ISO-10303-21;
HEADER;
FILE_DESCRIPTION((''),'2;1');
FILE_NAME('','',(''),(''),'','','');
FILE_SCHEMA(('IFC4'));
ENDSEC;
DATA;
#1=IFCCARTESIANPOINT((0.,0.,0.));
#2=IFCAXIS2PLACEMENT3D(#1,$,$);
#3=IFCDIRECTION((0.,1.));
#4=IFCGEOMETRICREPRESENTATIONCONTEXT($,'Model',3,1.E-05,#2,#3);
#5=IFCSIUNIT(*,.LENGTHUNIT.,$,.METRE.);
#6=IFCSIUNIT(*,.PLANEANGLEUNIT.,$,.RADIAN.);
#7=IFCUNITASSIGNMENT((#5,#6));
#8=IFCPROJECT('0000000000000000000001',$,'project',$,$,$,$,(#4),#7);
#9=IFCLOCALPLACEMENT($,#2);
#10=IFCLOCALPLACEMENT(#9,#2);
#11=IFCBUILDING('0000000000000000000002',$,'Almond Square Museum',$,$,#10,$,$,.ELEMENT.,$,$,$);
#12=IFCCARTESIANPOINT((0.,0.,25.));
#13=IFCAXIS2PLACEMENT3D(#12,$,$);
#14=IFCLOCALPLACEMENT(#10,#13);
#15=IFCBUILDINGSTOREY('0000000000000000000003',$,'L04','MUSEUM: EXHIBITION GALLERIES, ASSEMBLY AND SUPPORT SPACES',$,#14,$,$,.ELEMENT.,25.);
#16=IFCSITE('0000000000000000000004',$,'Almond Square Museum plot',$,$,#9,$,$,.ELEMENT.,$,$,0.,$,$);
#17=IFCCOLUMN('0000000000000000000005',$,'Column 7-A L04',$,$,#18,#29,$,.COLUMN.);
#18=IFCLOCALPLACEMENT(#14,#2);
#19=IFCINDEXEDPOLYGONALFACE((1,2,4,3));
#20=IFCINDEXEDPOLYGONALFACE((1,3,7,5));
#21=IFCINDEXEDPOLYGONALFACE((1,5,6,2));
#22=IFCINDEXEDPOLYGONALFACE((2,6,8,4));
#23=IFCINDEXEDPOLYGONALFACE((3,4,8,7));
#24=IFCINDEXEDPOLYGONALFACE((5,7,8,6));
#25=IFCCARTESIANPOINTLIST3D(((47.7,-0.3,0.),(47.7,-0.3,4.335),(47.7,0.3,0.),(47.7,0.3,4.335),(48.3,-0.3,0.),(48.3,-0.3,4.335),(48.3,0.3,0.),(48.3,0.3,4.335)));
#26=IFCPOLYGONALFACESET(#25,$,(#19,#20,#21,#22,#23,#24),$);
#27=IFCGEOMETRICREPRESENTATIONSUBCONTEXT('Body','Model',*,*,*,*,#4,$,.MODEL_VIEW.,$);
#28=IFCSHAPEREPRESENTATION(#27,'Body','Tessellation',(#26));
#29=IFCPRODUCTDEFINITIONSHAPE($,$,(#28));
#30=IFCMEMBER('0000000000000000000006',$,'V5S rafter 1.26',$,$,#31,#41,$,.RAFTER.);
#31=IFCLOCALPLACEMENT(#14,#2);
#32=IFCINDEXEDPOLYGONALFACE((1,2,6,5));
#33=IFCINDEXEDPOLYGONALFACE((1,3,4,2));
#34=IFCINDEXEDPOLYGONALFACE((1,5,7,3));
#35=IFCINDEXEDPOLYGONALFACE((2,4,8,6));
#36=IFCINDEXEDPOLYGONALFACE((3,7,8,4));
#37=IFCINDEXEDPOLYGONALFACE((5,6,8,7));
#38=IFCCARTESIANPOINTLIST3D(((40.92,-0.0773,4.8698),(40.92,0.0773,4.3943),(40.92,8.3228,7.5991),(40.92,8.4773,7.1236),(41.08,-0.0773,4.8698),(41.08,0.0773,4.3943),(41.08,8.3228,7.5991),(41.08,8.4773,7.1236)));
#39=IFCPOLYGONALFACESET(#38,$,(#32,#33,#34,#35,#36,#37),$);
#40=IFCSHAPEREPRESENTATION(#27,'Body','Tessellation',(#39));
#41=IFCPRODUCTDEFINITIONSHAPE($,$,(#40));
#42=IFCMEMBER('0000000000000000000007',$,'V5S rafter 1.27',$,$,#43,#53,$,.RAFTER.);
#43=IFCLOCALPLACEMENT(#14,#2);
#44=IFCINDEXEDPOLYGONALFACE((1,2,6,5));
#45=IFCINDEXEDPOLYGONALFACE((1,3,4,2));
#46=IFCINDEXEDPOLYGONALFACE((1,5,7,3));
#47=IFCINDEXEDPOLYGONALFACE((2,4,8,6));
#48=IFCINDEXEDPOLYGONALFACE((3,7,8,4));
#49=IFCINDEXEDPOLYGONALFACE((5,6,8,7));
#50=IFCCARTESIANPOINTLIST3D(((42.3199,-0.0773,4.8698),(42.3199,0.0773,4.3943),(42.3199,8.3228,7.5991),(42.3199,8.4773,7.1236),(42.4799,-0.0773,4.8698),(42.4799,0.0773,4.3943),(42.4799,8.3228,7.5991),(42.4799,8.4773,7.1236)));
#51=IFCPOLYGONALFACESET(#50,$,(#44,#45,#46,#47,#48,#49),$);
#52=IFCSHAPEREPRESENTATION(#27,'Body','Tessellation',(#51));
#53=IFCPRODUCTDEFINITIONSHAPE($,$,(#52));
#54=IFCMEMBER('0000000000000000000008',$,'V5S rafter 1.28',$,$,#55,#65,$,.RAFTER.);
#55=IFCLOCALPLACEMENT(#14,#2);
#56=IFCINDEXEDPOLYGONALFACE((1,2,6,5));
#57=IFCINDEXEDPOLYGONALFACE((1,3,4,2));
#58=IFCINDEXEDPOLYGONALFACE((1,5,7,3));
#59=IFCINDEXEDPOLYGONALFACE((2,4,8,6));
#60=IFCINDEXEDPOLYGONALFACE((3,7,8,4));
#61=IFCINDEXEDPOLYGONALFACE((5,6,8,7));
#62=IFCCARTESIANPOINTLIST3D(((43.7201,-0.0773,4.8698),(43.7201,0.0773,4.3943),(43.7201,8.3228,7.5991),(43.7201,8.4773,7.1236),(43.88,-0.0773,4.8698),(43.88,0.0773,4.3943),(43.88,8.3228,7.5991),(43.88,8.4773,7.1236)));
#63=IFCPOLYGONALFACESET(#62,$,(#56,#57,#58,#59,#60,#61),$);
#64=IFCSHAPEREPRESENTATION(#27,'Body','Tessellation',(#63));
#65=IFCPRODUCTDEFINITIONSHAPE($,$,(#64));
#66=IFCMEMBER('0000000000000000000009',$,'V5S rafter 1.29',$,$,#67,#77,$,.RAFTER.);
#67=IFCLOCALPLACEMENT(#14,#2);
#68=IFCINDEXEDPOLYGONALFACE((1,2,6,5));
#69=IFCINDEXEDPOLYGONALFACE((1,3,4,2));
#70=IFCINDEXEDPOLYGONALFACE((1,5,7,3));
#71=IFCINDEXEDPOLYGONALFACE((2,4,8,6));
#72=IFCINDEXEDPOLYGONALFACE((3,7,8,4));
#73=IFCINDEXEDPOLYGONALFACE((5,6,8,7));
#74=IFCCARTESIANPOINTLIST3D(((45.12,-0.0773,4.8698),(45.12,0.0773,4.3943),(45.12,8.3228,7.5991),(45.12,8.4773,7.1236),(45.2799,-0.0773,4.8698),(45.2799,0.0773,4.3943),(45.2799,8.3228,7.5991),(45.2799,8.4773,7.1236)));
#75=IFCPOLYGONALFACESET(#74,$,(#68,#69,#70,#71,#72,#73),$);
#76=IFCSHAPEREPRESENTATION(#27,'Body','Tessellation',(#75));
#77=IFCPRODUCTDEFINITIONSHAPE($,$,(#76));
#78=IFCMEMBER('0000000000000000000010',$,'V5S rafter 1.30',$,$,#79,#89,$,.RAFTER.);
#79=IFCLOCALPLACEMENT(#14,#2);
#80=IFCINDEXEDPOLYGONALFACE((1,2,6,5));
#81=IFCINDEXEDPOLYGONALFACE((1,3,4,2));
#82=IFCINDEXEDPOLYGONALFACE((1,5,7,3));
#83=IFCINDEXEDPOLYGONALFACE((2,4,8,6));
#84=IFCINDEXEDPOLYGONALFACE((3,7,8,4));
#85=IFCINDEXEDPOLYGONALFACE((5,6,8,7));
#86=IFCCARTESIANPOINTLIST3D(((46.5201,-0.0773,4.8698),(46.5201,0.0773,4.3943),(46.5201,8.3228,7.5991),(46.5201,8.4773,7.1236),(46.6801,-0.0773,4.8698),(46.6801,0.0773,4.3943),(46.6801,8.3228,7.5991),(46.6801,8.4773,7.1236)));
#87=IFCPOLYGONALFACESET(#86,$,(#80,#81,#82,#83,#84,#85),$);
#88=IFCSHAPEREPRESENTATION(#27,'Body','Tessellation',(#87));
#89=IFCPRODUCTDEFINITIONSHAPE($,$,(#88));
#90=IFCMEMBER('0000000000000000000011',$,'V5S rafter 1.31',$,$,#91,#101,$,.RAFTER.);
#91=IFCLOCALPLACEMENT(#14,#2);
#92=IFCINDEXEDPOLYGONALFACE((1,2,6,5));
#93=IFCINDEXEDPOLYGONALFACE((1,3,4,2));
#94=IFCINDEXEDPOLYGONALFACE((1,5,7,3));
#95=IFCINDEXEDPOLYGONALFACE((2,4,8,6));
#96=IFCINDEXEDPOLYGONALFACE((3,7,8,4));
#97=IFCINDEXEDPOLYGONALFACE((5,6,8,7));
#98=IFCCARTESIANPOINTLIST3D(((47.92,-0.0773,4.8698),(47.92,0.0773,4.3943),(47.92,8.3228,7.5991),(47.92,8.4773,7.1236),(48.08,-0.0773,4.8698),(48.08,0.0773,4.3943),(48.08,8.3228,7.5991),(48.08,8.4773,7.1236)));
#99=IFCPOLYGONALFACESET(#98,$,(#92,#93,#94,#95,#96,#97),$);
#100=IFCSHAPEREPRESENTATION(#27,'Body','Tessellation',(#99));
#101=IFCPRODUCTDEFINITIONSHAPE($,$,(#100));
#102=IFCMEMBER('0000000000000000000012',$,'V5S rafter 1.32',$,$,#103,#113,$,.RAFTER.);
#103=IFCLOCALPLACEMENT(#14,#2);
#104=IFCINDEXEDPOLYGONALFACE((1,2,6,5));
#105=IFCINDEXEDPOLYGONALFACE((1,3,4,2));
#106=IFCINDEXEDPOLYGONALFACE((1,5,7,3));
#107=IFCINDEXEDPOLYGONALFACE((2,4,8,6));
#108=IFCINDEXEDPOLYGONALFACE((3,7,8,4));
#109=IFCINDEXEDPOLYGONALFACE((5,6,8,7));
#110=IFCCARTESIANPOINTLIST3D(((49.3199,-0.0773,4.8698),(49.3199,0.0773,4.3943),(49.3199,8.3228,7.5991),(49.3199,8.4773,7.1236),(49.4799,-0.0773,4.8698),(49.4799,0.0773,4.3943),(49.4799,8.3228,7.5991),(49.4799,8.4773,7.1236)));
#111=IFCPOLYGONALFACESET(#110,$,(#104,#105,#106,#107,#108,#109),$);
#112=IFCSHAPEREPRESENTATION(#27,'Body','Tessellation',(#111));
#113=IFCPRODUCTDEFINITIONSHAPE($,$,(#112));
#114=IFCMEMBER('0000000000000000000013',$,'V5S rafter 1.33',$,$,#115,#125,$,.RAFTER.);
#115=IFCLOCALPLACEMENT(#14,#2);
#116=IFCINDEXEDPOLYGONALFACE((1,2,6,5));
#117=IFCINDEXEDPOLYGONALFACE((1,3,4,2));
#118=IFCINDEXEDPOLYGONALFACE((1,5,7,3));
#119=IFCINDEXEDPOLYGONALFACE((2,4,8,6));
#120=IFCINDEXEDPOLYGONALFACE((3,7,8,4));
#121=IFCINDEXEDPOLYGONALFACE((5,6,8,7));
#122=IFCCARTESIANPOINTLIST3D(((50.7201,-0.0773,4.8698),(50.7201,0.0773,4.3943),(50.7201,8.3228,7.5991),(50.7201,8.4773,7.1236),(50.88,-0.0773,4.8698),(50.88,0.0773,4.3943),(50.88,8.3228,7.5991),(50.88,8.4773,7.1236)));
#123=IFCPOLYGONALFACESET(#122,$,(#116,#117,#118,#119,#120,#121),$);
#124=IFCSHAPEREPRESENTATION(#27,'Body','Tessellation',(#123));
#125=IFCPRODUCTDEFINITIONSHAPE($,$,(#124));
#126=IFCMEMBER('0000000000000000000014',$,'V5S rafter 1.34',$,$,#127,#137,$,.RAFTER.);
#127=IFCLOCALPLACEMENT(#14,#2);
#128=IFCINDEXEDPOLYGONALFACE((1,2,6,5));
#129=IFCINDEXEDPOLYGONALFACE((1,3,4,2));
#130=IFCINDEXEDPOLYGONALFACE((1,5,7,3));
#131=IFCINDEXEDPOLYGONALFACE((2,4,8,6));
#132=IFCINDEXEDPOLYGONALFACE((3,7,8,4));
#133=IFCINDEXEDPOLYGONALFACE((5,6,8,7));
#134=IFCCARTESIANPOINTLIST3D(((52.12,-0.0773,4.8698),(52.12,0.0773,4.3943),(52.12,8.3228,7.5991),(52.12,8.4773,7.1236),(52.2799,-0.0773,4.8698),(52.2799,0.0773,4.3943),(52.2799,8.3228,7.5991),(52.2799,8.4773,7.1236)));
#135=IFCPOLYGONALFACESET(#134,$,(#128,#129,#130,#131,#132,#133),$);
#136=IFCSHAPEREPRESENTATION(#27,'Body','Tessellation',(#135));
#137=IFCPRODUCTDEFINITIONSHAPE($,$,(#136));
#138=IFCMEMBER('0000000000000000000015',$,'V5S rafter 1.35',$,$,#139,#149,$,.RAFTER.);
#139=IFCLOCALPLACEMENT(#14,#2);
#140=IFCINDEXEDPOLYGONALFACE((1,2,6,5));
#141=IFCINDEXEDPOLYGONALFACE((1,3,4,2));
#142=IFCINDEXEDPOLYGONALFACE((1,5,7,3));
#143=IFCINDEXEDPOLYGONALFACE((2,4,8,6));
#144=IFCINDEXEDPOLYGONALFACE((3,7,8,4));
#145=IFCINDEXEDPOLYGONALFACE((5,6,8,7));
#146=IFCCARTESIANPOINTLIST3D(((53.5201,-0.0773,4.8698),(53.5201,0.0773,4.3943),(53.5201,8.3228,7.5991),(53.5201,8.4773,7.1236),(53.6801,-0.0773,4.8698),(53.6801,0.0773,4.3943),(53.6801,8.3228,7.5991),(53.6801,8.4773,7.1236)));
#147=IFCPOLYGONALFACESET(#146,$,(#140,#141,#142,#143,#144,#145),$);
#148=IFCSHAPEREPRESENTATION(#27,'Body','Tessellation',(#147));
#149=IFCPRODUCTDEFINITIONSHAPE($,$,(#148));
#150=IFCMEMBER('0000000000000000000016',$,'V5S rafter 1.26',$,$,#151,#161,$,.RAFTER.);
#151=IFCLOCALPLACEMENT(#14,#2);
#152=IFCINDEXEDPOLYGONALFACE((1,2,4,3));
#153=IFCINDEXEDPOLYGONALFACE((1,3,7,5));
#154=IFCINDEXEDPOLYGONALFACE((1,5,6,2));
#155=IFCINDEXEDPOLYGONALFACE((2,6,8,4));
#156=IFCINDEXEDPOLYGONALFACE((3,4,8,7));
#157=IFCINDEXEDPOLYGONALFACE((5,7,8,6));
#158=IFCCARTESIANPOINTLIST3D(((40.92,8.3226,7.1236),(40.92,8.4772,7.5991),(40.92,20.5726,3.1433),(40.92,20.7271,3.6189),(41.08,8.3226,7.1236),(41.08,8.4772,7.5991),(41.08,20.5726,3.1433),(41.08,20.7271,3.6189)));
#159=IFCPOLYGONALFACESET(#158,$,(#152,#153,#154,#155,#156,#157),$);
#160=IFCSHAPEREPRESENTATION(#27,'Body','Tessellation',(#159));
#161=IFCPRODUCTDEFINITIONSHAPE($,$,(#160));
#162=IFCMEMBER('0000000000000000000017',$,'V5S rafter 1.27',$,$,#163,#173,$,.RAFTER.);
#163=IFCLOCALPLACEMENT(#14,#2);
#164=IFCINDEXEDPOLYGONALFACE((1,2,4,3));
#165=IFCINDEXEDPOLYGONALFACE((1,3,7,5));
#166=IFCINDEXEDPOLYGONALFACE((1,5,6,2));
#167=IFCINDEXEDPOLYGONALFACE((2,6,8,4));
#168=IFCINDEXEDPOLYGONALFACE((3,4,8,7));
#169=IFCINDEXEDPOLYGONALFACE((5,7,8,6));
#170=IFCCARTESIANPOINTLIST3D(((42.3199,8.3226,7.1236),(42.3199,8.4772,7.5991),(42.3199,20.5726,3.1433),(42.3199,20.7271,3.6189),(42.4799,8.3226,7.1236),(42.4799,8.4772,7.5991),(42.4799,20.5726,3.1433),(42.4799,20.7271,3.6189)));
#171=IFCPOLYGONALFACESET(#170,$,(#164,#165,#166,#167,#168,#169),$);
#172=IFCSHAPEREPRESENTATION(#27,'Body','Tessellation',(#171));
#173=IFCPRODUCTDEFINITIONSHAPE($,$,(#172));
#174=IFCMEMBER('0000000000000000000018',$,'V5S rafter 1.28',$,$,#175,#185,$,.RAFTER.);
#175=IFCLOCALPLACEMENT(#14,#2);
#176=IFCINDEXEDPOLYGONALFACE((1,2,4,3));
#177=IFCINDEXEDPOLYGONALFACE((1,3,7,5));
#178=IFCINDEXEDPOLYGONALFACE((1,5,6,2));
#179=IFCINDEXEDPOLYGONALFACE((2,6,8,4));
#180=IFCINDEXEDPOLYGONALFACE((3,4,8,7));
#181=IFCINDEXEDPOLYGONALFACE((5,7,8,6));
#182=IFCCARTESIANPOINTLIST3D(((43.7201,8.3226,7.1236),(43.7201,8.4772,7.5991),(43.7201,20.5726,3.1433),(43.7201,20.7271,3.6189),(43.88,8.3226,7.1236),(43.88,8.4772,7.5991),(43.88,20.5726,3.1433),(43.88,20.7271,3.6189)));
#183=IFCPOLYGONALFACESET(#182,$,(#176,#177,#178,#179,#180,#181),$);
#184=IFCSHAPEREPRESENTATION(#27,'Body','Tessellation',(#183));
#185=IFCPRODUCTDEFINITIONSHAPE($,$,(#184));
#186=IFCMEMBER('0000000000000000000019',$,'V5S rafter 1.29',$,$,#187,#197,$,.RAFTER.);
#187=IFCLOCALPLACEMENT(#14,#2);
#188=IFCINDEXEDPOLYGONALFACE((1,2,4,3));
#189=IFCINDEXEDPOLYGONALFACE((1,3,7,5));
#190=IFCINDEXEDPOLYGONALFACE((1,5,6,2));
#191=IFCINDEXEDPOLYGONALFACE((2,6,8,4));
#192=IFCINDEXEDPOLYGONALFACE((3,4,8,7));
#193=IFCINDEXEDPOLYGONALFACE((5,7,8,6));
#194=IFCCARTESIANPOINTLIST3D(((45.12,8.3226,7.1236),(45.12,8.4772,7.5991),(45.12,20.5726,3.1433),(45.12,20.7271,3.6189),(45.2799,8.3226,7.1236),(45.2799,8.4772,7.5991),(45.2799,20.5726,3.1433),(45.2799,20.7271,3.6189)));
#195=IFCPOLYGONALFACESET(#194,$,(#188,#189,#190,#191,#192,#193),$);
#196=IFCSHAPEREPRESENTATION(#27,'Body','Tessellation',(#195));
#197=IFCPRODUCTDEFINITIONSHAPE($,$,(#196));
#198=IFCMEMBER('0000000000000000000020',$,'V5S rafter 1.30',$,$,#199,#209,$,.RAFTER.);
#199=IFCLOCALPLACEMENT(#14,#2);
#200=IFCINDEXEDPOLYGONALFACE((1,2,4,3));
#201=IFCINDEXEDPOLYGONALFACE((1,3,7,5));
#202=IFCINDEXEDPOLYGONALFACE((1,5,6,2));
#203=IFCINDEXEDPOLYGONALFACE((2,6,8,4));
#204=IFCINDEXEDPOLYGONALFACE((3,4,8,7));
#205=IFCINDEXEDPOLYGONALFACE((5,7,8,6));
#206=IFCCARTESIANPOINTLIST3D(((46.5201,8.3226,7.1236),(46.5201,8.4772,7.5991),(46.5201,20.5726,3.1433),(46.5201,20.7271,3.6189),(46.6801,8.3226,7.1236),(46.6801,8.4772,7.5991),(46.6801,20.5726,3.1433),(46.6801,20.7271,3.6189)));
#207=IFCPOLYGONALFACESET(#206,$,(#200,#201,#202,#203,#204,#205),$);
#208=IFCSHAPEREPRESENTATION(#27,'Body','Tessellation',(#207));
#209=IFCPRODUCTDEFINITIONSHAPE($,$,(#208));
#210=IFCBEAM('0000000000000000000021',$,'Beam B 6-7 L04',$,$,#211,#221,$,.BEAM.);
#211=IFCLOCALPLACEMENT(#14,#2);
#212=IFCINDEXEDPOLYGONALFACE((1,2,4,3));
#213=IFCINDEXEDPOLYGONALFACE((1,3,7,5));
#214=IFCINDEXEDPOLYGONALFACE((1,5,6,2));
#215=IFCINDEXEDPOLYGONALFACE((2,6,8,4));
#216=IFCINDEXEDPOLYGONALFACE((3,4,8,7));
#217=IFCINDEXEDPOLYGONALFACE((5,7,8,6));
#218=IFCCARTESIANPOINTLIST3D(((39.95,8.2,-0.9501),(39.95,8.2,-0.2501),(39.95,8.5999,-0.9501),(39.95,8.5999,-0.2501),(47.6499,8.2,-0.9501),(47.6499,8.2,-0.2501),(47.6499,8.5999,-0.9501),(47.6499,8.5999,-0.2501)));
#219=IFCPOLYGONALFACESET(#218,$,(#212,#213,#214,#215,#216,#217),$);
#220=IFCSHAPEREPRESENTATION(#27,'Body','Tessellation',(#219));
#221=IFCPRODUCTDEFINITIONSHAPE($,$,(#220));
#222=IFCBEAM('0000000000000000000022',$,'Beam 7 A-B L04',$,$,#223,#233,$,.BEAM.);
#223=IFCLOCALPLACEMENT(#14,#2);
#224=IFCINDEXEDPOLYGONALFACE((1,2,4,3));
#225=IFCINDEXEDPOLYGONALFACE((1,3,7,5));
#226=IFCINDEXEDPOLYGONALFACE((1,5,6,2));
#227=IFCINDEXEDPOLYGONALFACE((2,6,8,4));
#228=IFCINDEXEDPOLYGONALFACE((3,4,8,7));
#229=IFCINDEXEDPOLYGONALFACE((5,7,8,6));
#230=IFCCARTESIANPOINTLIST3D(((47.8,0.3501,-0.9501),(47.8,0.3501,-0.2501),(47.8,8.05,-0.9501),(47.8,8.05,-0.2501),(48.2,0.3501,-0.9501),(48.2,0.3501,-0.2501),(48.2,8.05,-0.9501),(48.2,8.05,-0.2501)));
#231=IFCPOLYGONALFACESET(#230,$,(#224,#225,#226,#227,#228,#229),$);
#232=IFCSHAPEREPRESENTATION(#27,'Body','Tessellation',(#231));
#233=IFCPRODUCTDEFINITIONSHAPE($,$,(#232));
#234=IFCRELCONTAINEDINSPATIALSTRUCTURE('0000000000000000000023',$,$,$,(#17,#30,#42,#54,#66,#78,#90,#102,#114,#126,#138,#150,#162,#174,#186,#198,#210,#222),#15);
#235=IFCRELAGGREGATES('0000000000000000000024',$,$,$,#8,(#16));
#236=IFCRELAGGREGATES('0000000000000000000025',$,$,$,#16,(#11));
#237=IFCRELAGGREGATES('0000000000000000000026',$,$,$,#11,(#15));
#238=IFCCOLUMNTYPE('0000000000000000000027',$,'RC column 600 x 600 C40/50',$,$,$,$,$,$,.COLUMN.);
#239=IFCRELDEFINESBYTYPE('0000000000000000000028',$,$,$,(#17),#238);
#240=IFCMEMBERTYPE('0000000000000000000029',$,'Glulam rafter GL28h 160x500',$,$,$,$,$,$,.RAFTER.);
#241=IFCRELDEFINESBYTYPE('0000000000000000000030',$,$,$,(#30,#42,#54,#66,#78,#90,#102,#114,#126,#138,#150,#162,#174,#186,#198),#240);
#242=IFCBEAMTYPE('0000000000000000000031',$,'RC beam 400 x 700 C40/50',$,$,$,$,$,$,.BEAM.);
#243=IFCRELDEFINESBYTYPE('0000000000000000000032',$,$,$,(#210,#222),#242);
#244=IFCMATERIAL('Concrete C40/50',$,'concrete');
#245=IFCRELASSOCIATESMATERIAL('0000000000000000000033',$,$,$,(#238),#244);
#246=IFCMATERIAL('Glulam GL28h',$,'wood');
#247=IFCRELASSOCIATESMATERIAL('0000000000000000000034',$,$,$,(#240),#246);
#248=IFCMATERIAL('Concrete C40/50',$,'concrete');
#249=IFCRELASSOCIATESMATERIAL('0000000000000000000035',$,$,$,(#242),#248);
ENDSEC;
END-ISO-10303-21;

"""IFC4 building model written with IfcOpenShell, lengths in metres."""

from ifc_helpers import new_model, si_unit, direction, frame, origin, origin_2d, place, context, subcontext, project, spatial, rectangle, extrude, material, material_profile, profile_set, type_object, element, save


model = new_model("IFC4")

# Units and contexts
model_context = context("Model", 3, precision=1e-05, world=origin(), true_north=direction((0.0, 1.0)))
body_context = subcontext(model_context, "Body", "Model", "MODEL_VIEW")
ifc_project = project(units=[si_unit("LENGTHUNIT", "METRE"), si_unit("PLANEANGLEUNIT", "RADIAN")], contexts=[model_context])

# Site, building, storey
site_placement = place(None, origin())
site = spatial("IfcSite", under=ifc_project, at=site_placement, Name="Almond Square Museum plot", CompositionType="ELEMENT", RefElevation=0.0)
building_placement = place(site_placement, origin())
building = spatial("IfcBuilding", under=site, at=building_placement, Name="Almond Square Museum", CompositionType="ELEMENT")
storey_placement = place(building_placement, frame((0.0, 0.0, 25.0)))
storey = spatial("IfcBuildingStorey", under=building, at=storey_placement, Name="L04", Description="MUSEUM: EXHIBITION GALLERIES, ASSEMBLY AND SUPPORT SPACES", CompositionType="ELEMENT", Elevation=25.0)

# Column
ifc_material_1 = material(Name="Concrete C40/50", Category="concrete")
ifc_material_profile_1 = material_profile(ifc_material_1, rectangle(XDim=0.6001, YDim=0.6001, at=origin_2d()))
ifc_profile_set_1 = profile_set([ifc_material_profile_1], Name="Concrete C40/50")
column_type = type_object("IfcColumnType", Name="RC column 600 x 600 C40/50", PredefinedType="COLUMN", material=ifc_profile_set_1)
column_placement = place(storey_placement, frame((48.0, 0.0, 0.0), z_axis=(0.0, 0.0, 1.0), x_axis=(1.0, 0.0, 0.0)))
element("IfcColumn", 1, at=column_placement, inside=storey, type_object=column_type, Name="Column 7-A L04", PredefinedType="COLUMN", context=body_context, shape_type="SweptSolid", body=[
    extrude(rectangle(XDim=0.6001, YDim=0.6001, at=origin_2d()), origin(), (0.0, 0.0, 1.0), 4.335),
])

# Members
ifc_material_2 = material(Name="Glulam GL28h", Category="wood")
ifc_material_profile_2 = material_profile(ifc_material_2, rectangle(XDim=0.1599, YDim=0.5, at=origin_2d()))
ifc_profile_set_2 = profile_set([ifc_material_profile_2], Name="Glulam GL28h")
member_type = type_object("IfcMemberType", Name="Glulam rafter GL28h 160x500", PredefinedType="RAFTER", material=ifc_profile_set_2)
for number, where, z_axis, x_axis, name in (
    (2, (41.0, 0.0, 4.6321), (0.0, 0.951058, 0.309012), (-1.0, 0.0, 0.0), "V5S rafter 1.26"),
    (3, (42.3999, 0.0, 4.6321), (0.0, 0.951058, 0.309012), (-1.0, 0.0, 0.0), "V5S rafter 1.27"),
    (4, (43.8, 0.0, 4.6321), (0.0, 0.951058, 0.309012), (-1.0, 0.0, 0.0), "V5S rafter 1.28"),
    (5, (45.2, 0.0, 4.6321), (0.0, 0.951058, 0.309012), (-1.0, 0.0, 0.0), "V5S rafter 1.29"),
    (6, (46.6001, 0.0, 4.6321), (0.0, 0.951058, 0.309012), (-1.0, 0.0, 0.0), "V5S rafter 1.30"),
    (7, (48.0, 0.0, 4.6321), (0.0, 0.951058, 0.309012), (-1.0, 0.0, 0.0), "V5S rafter 1.31"),
    (8, (49.3999, 0.0, 4.6321), (0.0, 0.951058, 0.309012), (-1.0, 0.0, 0.0), "V5S rafter 1.32"),
    (9, (50.8, 0.0, 4.6321), (0.0, 0.951058, 0.309012), (-1.0, 0.0, 0.0), "V5S rafter 1.33"),
    (10, (52.2, 0.0, 4.6321), (0.0, 0.951058, 0.309012), (-1.0, 0.0, 0.0), "V5S rafter 1.34"),
    (11, (53.6001, 0.0, 4.6321), (0.0, 0.951058, 0.309012), (-1.0, 0.0, 0.0), "V5S rafter 1.35"),
):
    element("IfcMember", number, at=place(storey_placement, frame(where, z_axis=z_axis, x_axis=x_axis)), inside=storey, type_object=member_type, Name=name, PredefinedType="RAFTER", context=body_context, shape_type="SweptSolid", body=[
        extrude(rectangle(XDim=0.1599, YDim=0.5, at=origin_2d()), origin(), (0.0, 0.0, 1.0), 8.8323),
    ])
for number, where, z_axis, x_axis, name in (
    (12, (41.0, 8.3999, 7.3613), (0.0, 0.951057, -0.309014), (-1.0, 0.0, 0.0), "V5S rafter 1.26"),
    (13, (42.3999, 8.3999, 7.3613), (0.0, 0.951057, -0.309014), (-1.0, 0.0, 0.0), "V5S rafter 1.27"),
    (14, (43.8, 8.3999, 7.3613), (0.0, 0.951057, -0.309014), (-1.0, 0.0, 0.0), "V5S rafter 1.28"),
    (15, (45.2, 8.3999, 7.3613), (0.0, 0.951057, -0.309014), (-1.0, 0.0, 0.0), "V5S rafter 1.29"),
    (16, (46.6001, 8.3999, 7.3613), (0.0, 0.951057, -0.309014), (-1.0, 0.0, 0.0), "V5S rafter 1.30"),
):
    element("IfcMember", number, at=place(storey_placement, frame(where, z_axis=z_axis, x_axis=x_axis)), inside=storey, type_object=member_type, Name=name, PredefinedType="RAFTER", context=body_context, shape_type="SweptSolid", body=[
        extrude(rectangle(XDim=0.1599, YDim=0.5, at=origin_2d()), origin(), (0.0, 0.0, 1.0), 12.8804),
    ])

# Beams
ifc_material_3 = material(Name="Concrete C40/50", Category="concrete")
ifc_material_profile_3 = material_profile(ifc_material_3, rectangle(XDim=0.3999, YDim=0.7, at=origin_2d()))
ifc_profile_set_3 = profile_set([ifc_material_profile_3], Name="Concrete C40/50")
beam_type_1 = type_object("IfcBeamType", Name="RC beam 400 x 700 C40/50", PredefinedType="BEAM", material=ifc_profile_set_3)
for number, where, z_axis, x_axis, name in (
    (17, (39.95, 8.3999, -0.6001), (1.0, 0.0, 0.0), (0.0, 1.0, 0.0), "Beam B 6-7 L04"),
    (18, (48.0, 0.3501, -0.6001), (0.0, 1.0, 0.0), (-1.0, 0.0, 0.0), "Beam 7 A-B L04"),
):
    element("IfcBeam", number, at=place(storey_placement, frame(where, z_axis=z_axis, x_axis=x_axis)), inside=storey, type_object=beam_type_1, Name=name, PredefinedType="BEAM", context=body_context, shape_type="SweptSolid", body=[
        extrude(rectangle(XDim=0.3999, YDim=0.7, at=origin_2d()), origin(), (0.0, 0.0, 1.0), 7.7),
    ])

save(model, "model.ifc")
